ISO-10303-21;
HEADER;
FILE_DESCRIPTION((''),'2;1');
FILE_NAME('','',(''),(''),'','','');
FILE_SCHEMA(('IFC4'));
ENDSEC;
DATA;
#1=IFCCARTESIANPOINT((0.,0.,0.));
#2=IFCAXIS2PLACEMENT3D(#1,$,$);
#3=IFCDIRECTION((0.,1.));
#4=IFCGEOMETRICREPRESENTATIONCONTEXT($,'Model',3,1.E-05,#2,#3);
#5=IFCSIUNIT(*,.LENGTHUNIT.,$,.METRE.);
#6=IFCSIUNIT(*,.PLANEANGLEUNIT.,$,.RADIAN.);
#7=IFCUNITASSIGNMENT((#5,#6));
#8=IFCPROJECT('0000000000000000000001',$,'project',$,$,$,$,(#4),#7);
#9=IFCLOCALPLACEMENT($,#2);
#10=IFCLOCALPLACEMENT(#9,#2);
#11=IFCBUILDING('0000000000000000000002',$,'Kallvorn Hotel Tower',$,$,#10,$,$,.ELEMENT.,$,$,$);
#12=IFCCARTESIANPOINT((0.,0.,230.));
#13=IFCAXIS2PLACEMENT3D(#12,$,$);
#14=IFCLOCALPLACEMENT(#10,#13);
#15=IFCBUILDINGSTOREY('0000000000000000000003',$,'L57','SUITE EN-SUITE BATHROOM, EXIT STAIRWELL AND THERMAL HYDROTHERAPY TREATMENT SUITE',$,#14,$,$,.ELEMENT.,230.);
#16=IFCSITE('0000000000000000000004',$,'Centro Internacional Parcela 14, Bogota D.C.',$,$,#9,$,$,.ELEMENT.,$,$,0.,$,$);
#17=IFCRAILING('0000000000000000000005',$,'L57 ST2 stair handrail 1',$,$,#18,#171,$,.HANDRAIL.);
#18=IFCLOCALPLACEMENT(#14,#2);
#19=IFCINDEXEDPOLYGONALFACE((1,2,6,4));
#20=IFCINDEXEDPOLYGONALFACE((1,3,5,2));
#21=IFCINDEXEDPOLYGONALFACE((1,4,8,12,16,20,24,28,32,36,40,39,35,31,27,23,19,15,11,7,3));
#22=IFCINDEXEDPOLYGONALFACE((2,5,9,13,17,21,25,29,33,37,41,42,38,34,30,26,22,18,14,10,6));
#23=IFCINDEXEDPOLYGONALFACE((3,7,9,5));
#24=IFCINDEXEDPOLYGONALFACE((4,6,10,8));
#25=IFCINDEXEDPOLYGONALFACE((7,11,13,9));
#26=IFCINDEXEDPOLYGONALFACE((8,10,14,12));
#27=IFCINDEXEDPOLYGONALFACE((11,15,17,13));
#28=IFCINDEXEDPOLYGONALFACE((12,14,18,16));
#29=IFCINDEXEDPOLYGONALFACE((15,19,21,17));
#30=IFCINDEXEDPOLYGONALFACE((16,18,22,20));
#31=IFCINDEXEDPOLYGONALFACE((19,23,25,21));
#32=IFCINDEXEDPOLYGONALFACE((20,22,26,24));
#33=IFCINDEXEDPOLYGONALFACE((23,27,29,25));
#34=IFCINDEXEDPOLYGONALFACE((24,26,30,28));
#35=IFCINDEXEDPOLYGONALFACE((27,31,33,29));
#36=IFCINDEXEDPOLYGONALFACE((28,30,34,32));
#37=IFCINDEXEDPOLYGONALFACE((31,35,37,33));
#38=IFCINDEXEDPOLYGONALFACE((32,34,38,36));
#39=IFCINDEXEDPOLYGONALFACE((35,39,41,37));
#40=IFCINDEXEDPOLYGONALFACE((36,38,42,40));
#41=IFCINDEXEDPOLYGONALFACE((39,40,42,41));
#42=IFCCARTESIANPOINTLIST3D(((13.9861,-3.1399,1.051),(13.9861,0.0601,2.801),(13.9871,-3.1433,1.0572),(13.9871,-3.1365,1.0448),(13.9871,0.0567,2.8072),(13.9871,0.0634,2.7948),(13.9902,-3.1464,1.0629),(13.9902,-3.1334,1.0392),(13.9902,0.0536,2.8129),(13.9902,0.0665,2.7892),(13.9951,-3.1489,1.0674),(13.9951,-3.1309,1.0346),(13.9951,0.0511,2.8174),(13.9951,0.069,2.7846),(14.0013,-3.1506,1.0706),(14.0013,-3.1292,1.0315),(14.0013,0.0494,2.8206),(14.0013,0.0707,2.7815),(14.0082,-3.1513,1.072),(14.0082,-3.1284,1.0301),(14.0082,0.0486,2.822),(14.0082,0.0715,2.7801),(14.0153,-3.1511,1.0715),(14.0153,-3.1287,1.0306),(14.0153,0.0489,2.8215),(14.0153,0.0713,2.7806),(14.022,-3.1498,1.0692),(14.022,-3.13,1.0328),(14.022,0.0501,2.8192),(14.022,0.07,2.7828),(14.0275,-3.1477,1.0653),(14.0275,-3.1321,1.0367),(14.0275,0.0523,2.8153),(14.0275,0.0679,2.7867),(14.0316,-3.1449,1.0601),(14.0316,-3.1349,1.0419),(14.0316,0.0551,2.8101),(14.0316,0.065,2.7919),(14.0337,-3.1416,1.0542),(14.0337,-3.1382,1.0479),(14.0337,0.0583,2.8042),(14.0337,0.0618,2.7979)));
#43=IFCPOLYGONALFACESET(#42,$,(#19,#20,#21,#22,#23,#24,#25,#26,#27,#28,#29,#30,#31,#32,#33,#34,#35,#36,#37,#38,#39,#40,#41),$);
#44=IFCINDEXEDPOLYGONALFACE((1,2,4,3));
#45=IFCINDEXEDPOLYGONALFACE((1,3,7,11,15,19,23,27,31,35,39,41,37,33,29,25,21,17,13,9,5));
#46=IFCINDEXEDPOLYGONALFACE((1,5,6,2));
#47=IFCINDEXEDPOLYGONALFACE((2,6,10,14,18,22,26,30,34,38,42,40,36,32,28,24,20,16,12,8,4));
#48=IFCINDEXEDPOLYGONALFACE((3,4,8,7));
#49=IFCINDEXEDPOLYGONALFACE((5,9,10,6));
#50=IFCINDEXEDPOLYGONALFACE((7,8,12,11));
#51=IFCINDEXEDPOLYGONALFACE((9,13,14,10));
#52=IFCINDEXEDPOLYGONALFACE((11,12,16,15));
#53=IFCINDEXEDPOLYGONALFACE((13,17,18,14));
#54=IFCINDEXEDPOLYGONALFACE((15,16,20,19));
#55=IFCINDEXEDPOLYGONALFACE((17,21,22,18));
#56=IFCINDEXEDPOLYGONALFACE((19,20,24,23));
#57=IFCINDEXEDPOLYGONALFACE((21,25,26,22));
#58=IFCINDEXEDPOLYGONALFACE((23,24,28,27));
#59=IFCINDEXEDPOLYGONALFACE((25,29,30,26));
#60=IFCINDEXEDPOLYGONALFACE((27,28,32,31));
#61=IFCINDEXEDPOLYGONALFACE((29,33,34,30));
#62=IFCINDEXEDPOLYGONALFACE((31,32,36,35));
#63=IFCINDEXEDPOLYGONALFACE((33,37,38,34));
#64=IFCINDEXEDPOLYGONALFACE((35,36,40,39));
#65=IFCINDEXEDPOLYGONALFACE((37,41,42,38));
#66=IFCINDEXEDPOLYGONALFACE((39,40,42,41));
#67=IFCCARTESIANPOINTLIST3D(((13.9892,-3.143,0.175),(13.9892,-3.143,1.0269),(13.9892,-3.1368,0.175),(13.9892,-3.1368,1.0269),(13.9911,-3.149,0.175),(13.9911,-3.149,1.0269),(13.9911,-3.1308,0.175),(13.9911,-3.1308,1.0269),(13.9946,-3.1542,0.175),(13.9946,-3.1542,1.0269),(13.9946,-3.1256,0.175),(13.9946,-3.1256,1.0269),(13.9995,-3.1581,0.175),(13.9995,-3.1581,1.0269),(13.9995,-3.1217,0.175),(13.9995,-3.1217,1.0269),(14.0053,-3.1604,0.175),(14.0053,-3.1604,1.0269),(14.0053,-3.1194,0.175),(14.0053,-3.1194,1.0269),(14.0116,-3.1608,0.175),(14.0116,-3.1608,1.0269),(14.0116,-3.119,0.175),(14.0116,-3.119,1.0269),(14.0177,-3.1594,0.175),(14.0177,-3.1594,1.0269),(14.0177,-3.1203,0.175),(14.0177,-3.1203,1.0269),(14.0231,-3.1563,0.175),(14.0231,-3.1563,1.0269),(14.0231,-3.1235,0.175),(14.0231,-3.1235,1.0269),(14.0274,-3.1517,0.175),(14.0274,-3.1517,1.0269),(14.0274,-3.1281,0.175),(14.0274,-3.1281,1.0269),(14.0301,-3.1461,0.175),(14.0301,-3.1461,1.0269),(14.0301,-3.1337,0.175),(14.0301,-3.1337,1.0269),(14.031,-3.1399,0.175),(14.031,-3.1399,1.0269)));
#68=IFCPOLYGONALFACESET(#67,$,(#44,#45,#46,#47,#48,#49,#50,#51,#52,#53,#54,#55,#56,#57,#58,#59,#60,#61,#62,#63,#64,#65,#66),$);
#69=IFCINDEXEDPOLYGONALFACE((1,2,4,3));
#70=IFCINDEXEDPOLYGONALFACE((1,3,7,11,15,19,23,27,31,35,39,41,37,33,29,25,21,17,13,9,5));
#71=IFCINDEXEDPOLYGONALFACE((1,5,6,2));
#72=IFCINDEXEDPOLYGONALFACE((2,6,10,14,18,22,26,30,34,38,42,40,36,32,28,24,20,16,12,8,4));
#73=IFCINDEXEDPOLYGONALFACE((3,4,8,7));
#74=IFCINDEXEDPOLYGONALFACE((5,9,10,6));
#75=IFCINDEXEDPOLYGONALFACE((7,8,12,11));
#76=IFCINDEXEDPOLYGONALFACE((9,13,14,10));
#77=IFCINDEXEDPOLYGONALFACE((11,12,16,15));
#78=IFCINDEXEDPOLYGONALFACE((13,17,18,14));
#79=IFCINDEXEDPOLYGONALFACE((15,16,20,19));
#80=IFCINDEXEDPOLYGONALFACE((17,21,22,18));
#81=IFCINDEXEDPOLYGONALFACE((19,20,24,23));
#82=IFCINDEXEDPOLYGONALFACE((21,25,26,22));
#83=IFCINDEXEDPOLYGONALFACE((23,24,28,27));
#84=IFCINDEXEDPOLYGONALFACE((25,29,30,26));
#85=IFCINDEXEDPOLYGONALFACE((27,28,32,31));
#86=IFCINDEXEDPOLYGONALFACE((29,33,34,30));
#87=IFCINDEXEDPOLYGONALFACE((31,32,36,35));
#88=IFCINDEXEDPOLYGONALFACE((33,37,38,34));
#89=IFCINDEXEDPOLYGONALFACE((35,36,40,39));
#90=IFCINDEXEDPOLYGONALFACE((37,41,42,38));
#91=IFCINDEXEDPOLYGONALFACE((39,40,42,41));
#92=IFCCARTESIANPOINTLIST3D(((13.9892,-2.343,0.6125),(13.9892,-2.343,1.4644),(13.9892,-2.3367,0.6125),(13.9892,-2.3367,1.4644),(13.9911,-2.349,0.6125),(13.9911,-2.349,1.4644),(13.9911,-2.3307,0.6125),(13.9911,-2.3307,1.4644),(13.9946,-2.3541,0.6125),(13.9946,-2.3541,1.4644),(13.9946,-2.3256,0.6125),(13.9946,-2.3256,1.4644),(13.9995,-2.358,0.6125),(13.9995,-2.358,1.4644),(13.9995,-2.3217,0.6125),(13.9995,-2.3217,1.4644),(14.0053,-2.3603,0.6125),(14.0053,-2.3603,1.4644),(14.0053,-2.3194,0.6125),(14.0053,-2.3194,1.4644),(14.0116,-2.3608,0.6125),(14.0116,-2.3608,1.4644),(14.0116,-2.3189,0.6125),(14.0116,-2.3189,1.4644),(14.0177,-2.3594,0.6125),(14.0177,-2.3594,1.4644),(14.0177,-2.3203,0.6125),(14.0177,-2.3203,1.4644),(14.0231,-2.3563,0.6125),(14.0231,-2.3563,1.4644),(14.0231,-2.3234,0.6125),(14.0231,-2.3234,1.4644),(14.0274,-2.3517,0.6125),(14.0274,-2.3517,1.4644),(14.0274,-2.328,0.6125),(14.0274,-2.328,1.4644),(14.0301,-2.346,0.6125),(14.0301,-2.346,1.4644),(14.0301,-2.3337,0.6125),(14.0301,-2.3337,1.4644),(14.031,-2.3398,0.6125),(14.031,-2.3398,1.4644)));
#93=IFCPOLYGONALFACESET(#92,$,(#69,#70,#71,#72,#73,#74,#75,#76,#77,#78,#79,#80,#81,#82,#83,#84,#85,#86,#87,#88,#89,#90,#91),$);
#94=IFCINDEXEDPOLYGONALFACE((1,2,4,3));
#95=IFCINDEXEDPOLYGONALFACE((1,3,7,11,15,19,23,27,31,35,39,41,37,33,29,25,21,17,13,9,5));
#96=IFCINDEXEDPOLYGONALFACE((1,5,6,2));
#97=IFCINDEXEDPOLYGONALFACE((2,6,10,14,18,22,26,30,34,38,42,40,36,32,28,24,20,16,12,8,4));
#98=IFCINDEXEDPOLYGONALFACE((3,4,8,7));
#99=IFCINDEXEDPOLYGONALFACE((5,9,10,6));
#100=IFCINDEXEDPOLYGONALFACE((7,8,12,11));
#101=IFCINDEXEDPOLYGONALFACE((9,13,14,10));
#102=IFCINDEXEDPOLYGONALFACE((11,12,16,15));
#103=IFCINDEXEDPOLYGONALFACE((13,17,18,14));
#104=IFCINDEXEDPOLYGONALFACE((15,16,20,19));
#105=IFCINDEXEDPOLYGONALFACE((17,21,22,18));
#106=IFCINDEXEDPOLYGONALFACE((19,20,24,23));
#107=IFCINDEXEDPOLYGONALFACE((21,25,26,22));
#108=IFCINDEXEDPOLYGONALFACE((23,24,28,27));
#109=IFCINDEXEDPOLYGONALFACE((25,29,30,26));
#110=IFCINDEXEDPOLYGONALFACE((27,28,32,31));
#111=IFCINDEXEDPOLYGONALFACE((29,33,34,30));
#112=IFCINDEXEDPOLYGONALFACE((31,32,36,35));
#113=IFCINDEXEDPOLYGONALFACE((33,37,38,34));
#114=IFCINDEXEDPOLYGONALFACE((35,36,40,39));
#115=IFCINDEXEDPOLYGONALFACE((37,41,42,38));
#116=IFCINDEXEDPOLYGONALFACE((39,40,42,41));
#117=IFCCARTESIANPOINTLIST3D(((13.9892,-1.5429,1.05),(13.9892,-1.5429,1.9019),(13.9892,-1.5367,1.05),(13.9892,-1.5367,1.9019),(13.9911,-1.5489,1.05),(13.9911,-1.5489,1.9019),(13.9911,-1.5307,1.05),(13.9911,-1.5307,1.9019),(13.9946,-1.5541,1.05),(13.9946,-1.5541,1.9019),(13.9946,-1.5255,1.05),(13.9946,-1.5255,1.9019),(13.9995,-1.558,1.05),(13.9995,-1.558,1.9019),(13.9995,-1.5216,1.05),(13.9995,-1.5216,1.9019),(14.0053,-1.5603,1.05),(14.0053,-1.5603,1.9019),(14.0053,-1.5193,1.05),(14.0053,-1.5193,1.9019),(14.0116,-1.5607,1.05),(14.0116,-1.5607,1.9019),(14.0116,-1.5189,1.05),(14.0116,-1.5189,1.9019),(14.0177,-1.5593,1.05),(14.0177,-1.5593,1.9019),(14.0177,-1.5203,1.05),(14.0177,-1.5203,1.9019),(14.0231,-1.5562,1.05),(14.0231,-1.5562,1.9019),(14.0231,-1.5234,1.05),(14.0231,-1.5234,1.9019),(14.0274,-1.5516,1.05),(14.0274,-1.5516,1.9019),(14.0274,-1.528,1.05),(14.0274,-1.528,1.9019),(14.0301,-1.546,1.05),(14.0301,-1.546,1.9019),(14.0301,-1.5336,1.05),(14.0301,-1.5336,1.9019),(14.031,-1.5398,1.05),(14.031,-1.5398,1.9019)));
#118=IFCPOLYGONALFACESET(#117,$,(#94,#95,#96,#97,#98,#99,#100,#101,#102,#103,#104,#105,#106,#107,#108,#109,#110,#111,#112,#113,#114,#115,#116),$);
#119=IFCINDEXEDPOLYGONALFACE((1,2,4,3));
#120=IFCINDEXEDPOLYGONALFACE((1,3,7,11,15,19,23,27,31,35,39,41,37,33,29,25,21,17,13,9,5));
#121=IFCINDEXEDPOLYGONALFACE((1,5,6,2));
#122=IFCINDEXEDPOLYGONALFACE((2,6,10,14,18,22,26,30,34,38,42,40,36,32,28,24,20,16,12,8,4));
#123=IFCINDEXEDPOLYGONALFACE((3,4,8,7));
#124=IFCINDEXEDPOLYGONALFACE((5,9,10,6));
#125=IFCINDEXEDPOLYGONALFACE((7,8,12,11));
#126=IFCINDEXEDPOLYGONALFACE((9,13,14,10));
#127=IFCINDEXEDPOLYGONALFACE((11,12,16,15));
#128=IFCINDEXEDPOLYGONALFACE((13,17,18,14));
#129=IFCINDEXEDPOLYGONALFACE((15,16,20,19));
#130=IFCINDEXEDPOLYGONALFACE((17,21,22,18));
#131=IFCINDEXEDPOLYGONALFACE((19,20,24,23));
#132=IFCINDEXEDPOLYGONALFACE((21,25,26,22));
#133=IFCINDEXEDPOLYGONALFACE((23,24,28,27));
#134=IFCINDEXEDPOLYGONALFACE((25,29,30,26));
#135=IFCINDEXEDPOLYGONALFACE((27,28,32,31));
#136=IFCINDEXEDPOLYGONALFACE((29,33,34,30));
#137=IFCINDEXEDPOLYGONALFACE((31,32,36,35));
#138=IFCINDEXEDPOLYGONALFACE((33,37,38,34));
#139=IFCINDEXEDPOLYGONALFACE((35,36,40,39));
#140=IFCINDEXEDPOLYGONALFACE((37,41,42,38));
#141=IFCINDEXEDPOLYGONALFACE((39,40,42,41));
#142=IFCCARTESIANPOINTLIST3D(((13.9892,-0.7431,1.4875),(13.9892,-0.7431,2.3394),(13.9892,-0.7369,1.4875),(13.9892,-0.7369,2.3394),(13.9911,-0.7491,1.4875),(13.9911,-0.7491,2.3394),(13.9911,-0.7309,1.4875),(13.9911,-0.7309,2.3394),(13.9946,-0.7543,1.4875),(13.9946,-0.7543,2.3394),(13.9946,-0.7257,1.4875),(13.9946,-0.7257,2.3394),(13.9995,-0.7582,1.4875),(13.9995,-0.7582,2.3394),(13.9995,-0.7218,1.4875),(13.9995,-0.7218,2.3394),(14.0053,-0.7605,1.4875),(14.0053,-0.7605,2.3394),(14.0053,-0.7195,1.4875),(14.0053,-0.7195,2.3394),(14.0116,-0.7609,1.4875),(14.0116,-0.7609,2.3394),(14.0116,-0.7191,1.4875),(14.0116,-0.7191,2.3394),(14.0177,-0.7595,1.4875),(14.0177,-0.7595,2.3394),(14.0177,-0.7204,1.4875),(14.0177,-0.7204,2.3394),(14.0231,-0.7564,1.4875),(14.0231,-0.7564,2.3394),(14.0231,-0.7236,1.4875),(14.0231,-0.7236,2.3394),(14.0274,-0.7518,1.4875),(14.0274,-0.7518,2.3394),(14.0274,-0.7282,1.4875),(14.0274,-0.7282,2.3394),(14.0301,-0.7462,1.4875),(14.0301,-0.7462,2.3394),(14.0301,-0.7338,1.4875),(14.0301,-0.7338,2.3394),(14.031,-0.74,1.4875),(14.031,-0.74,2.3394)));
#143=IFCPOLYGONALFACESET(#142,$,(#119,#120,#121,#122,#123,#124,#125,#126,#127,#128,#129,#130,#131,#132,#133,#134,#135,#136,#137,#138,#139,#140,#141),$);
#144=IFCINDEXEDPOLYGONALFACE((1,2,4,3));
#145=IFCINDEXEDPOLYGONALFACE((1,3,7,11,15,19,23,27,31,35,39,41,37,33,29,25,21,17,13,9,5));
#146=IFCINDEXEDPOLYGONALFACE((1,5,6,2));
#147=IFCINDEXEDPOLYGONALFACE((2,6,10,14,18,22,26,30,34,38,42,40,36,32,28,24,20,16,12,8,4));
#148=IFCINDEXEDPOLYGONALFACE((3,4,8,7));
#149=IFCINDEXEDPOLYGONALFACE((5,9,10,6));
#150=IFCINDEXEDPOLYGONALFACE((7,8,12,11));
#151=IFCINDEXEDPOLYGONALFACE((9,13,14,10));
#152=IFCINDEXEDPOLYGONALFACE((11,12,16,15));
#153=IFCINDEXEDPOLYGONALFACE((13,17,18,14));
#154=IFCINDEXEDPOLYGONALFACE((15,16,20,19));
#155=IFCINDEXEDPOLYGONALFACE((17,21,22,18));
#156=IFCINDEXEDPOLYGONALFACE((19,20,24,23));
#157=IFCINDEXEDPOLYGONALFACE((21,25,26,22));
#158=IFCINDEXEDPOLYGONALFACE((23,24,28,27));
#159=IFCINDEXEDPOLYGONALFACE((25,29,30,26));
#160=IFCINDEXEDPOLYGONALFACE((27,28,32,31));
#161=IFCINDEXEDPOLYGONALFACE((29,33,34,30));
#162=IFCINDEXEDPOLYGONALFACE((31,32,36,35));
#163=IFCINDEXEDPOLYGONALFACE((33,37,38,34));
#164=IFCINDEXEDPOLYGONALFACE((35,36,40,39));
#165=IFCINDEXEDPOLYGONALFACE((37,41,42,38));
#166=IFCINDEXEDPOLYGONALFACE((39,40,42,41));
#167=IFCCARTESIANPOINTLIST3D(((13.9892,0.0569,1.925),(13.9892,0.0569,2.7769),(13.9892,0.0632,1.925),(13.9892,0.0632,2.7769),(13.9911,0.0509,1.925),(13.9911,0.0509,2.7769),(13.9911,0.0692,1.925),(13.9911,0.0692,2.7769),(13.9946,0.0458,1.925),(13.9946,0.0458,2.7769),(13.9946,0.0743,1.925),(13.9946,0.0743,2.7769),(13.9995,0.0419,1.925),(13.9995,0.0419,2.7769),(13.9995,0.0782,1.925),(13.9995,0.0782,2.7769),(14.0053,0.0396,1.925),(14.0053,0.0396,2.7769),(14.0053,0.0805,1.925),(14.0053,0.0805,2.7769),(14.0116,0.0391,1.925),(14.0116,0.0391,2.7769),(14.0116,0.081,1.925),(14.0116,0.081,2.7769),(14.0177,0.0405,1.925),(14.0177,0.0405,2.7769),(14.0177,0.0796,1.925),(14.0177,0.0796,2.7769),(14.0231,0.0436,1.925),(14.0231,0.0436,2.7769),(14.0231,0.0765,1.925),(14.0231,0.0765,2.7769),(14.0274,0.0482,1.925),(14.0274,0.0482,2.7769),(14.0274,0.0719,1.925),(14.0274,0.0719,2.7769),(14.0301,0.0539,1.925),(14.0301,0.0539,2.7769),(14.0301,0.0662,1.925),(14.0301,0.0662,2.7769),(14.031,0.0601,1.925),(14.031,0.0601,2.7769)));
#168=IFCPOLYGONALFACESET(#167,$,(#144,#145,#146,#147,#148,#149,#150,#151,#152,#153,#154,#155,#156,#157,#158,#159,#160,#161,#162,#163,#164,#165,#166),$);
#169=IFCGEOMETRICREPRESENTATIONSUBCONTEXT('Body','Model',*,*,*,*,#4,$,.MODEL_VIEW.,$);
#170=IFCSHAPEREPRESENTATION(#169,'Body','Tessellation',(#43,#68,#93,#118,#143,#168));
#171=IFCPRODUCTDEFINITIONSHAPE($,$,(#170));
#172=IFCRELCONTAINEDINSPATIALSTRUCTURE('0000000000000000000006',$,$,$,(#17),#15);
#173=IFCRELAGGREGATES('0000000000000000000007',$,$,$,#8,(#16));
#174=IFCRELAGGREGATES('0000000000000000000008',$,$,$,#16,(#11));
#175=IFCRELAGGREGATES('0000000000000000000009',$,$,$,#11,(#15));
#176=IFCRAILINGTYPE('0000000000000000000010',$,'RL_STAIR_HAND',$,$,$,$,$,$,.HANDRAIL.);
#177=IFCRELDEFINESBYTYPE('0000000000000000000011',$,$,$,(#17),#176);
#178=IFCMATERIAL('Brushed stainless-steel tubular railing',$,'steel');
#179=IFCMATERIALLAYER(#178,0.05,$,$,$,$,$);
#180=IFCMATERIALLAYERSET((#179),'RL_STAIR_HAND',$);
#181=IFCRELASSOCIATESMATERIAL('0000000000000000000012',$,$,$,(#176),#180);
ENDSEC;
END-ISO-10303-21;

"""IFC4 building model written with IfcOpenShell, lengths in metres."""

from ifc_helpers import new_model, si_unit, direction, frame, origin, origin_2d, place, context, subcontext, project, spatial, circle, extrude, material, layer, layer_set, type_object, element, save


model = new_model("IFC4")

# Units and contexts
model_context = context("Model", 3, precision=1e-05, world=origin(), true_north=direction((0.0, 1.0)))
body_context = subcontext(model_context, "Body", "Model", "MODEL_VIEW")
ifc_project = project(units=[si_unit("LENGTHUNIT", "METRE"), si_unit("PLANEANGLEUNIT", "RADIAN")], contexts=[model_context])

# Site, building, storey
site_placement = place(None, origin())
site = spatial("IfcSite", under=ifc_project, at=site_placement, Name="Centro Internacional Parcela 14, Bogota D.C.", CompositionType="ELEMENT", RefElevation=0.0)
building_placement = place(site_placement, origin())
building = spatial("IfcBuilding", under=site, at=building_placement, Name="Kallvorn Hotel Tower", CompositionType="ELEMENT")
storey_placement = place(building_placement, frame((0.0, 0.0, 230.0)))
storey = spatial("IfcBuildingStorey", under=building, at=storey_placement, Name="L57", Description="SUITE EN-SUITE BATHROOM, EXIT STAIRWELL AND THERMAL HYDROTHERAPY TREATMENT SUITE", CompositionType="ELEMENT", Elevation=230.0)

# Railing
ifc_material_1 = material(Name="Brushed stainless-steel tubular railing", Category="steel")
ifc_layer_1 = layer(ifc_material_1, 0.05)
ifc_layer_set_1 = layer_set([ifc_layer_1], Name="RL_STAIR_HAND")
railing_type_1 = type_object("IfcRailingType", Name="RL_STAIR_HAND", PredefinedType="HANDRAIL", material=ifc_layer_set_1)
railing_1_placement = place(storey_placement, frame((14.01, -3.1399, 0.175)))
element("IfcRailing", 1, at=railing_1_placement, inside=storey, type_object=railing_type_1, Name="L57 ST2 stair handrail 1", PredefinedType="HANDRAIL", context=body_context, shape_type="SweptSolid", body=[
    extrude(circle(Radius=0.0239, at=origin_2d()), frame((0.0, 0.0, 0.876), z_axis=(0.0, 0.877368, 0.479818), x_axis=(-1.0, 0.0, 0.0)), (0.0, 0.0, 1.0), 3.6472),
    extrude(circle(Radius=0.021, at=origin_2d()), origin(), (0.0, 0.0, 1.0), 0.8518),
    extrude(circle(Radius=0.021, at=origin_2d()), frame((0.0, 0.8, 0.4375)), (0.0, 0.0, 1.0), 0.8518),
    extrude(circle(Radius=0.021, at=origin_2d()), frame((0.0, 1.6001, 0.875)), (0.0, 0.0, 1.0), 0.8518),
    extrude(circle(Radius=0.021, at=origin_2d()), frame((0.0, 2.3999, 1.3125)), (0.0, 0.0, 1.0), 0.8518),
    extrude(circle(Radius=0.021, at=origin_2d()), frame((0.0, 3.2, 1.75)), (0.0, 0.0, 1.0), 0.8518),
])

save(model, "model.ifc")
